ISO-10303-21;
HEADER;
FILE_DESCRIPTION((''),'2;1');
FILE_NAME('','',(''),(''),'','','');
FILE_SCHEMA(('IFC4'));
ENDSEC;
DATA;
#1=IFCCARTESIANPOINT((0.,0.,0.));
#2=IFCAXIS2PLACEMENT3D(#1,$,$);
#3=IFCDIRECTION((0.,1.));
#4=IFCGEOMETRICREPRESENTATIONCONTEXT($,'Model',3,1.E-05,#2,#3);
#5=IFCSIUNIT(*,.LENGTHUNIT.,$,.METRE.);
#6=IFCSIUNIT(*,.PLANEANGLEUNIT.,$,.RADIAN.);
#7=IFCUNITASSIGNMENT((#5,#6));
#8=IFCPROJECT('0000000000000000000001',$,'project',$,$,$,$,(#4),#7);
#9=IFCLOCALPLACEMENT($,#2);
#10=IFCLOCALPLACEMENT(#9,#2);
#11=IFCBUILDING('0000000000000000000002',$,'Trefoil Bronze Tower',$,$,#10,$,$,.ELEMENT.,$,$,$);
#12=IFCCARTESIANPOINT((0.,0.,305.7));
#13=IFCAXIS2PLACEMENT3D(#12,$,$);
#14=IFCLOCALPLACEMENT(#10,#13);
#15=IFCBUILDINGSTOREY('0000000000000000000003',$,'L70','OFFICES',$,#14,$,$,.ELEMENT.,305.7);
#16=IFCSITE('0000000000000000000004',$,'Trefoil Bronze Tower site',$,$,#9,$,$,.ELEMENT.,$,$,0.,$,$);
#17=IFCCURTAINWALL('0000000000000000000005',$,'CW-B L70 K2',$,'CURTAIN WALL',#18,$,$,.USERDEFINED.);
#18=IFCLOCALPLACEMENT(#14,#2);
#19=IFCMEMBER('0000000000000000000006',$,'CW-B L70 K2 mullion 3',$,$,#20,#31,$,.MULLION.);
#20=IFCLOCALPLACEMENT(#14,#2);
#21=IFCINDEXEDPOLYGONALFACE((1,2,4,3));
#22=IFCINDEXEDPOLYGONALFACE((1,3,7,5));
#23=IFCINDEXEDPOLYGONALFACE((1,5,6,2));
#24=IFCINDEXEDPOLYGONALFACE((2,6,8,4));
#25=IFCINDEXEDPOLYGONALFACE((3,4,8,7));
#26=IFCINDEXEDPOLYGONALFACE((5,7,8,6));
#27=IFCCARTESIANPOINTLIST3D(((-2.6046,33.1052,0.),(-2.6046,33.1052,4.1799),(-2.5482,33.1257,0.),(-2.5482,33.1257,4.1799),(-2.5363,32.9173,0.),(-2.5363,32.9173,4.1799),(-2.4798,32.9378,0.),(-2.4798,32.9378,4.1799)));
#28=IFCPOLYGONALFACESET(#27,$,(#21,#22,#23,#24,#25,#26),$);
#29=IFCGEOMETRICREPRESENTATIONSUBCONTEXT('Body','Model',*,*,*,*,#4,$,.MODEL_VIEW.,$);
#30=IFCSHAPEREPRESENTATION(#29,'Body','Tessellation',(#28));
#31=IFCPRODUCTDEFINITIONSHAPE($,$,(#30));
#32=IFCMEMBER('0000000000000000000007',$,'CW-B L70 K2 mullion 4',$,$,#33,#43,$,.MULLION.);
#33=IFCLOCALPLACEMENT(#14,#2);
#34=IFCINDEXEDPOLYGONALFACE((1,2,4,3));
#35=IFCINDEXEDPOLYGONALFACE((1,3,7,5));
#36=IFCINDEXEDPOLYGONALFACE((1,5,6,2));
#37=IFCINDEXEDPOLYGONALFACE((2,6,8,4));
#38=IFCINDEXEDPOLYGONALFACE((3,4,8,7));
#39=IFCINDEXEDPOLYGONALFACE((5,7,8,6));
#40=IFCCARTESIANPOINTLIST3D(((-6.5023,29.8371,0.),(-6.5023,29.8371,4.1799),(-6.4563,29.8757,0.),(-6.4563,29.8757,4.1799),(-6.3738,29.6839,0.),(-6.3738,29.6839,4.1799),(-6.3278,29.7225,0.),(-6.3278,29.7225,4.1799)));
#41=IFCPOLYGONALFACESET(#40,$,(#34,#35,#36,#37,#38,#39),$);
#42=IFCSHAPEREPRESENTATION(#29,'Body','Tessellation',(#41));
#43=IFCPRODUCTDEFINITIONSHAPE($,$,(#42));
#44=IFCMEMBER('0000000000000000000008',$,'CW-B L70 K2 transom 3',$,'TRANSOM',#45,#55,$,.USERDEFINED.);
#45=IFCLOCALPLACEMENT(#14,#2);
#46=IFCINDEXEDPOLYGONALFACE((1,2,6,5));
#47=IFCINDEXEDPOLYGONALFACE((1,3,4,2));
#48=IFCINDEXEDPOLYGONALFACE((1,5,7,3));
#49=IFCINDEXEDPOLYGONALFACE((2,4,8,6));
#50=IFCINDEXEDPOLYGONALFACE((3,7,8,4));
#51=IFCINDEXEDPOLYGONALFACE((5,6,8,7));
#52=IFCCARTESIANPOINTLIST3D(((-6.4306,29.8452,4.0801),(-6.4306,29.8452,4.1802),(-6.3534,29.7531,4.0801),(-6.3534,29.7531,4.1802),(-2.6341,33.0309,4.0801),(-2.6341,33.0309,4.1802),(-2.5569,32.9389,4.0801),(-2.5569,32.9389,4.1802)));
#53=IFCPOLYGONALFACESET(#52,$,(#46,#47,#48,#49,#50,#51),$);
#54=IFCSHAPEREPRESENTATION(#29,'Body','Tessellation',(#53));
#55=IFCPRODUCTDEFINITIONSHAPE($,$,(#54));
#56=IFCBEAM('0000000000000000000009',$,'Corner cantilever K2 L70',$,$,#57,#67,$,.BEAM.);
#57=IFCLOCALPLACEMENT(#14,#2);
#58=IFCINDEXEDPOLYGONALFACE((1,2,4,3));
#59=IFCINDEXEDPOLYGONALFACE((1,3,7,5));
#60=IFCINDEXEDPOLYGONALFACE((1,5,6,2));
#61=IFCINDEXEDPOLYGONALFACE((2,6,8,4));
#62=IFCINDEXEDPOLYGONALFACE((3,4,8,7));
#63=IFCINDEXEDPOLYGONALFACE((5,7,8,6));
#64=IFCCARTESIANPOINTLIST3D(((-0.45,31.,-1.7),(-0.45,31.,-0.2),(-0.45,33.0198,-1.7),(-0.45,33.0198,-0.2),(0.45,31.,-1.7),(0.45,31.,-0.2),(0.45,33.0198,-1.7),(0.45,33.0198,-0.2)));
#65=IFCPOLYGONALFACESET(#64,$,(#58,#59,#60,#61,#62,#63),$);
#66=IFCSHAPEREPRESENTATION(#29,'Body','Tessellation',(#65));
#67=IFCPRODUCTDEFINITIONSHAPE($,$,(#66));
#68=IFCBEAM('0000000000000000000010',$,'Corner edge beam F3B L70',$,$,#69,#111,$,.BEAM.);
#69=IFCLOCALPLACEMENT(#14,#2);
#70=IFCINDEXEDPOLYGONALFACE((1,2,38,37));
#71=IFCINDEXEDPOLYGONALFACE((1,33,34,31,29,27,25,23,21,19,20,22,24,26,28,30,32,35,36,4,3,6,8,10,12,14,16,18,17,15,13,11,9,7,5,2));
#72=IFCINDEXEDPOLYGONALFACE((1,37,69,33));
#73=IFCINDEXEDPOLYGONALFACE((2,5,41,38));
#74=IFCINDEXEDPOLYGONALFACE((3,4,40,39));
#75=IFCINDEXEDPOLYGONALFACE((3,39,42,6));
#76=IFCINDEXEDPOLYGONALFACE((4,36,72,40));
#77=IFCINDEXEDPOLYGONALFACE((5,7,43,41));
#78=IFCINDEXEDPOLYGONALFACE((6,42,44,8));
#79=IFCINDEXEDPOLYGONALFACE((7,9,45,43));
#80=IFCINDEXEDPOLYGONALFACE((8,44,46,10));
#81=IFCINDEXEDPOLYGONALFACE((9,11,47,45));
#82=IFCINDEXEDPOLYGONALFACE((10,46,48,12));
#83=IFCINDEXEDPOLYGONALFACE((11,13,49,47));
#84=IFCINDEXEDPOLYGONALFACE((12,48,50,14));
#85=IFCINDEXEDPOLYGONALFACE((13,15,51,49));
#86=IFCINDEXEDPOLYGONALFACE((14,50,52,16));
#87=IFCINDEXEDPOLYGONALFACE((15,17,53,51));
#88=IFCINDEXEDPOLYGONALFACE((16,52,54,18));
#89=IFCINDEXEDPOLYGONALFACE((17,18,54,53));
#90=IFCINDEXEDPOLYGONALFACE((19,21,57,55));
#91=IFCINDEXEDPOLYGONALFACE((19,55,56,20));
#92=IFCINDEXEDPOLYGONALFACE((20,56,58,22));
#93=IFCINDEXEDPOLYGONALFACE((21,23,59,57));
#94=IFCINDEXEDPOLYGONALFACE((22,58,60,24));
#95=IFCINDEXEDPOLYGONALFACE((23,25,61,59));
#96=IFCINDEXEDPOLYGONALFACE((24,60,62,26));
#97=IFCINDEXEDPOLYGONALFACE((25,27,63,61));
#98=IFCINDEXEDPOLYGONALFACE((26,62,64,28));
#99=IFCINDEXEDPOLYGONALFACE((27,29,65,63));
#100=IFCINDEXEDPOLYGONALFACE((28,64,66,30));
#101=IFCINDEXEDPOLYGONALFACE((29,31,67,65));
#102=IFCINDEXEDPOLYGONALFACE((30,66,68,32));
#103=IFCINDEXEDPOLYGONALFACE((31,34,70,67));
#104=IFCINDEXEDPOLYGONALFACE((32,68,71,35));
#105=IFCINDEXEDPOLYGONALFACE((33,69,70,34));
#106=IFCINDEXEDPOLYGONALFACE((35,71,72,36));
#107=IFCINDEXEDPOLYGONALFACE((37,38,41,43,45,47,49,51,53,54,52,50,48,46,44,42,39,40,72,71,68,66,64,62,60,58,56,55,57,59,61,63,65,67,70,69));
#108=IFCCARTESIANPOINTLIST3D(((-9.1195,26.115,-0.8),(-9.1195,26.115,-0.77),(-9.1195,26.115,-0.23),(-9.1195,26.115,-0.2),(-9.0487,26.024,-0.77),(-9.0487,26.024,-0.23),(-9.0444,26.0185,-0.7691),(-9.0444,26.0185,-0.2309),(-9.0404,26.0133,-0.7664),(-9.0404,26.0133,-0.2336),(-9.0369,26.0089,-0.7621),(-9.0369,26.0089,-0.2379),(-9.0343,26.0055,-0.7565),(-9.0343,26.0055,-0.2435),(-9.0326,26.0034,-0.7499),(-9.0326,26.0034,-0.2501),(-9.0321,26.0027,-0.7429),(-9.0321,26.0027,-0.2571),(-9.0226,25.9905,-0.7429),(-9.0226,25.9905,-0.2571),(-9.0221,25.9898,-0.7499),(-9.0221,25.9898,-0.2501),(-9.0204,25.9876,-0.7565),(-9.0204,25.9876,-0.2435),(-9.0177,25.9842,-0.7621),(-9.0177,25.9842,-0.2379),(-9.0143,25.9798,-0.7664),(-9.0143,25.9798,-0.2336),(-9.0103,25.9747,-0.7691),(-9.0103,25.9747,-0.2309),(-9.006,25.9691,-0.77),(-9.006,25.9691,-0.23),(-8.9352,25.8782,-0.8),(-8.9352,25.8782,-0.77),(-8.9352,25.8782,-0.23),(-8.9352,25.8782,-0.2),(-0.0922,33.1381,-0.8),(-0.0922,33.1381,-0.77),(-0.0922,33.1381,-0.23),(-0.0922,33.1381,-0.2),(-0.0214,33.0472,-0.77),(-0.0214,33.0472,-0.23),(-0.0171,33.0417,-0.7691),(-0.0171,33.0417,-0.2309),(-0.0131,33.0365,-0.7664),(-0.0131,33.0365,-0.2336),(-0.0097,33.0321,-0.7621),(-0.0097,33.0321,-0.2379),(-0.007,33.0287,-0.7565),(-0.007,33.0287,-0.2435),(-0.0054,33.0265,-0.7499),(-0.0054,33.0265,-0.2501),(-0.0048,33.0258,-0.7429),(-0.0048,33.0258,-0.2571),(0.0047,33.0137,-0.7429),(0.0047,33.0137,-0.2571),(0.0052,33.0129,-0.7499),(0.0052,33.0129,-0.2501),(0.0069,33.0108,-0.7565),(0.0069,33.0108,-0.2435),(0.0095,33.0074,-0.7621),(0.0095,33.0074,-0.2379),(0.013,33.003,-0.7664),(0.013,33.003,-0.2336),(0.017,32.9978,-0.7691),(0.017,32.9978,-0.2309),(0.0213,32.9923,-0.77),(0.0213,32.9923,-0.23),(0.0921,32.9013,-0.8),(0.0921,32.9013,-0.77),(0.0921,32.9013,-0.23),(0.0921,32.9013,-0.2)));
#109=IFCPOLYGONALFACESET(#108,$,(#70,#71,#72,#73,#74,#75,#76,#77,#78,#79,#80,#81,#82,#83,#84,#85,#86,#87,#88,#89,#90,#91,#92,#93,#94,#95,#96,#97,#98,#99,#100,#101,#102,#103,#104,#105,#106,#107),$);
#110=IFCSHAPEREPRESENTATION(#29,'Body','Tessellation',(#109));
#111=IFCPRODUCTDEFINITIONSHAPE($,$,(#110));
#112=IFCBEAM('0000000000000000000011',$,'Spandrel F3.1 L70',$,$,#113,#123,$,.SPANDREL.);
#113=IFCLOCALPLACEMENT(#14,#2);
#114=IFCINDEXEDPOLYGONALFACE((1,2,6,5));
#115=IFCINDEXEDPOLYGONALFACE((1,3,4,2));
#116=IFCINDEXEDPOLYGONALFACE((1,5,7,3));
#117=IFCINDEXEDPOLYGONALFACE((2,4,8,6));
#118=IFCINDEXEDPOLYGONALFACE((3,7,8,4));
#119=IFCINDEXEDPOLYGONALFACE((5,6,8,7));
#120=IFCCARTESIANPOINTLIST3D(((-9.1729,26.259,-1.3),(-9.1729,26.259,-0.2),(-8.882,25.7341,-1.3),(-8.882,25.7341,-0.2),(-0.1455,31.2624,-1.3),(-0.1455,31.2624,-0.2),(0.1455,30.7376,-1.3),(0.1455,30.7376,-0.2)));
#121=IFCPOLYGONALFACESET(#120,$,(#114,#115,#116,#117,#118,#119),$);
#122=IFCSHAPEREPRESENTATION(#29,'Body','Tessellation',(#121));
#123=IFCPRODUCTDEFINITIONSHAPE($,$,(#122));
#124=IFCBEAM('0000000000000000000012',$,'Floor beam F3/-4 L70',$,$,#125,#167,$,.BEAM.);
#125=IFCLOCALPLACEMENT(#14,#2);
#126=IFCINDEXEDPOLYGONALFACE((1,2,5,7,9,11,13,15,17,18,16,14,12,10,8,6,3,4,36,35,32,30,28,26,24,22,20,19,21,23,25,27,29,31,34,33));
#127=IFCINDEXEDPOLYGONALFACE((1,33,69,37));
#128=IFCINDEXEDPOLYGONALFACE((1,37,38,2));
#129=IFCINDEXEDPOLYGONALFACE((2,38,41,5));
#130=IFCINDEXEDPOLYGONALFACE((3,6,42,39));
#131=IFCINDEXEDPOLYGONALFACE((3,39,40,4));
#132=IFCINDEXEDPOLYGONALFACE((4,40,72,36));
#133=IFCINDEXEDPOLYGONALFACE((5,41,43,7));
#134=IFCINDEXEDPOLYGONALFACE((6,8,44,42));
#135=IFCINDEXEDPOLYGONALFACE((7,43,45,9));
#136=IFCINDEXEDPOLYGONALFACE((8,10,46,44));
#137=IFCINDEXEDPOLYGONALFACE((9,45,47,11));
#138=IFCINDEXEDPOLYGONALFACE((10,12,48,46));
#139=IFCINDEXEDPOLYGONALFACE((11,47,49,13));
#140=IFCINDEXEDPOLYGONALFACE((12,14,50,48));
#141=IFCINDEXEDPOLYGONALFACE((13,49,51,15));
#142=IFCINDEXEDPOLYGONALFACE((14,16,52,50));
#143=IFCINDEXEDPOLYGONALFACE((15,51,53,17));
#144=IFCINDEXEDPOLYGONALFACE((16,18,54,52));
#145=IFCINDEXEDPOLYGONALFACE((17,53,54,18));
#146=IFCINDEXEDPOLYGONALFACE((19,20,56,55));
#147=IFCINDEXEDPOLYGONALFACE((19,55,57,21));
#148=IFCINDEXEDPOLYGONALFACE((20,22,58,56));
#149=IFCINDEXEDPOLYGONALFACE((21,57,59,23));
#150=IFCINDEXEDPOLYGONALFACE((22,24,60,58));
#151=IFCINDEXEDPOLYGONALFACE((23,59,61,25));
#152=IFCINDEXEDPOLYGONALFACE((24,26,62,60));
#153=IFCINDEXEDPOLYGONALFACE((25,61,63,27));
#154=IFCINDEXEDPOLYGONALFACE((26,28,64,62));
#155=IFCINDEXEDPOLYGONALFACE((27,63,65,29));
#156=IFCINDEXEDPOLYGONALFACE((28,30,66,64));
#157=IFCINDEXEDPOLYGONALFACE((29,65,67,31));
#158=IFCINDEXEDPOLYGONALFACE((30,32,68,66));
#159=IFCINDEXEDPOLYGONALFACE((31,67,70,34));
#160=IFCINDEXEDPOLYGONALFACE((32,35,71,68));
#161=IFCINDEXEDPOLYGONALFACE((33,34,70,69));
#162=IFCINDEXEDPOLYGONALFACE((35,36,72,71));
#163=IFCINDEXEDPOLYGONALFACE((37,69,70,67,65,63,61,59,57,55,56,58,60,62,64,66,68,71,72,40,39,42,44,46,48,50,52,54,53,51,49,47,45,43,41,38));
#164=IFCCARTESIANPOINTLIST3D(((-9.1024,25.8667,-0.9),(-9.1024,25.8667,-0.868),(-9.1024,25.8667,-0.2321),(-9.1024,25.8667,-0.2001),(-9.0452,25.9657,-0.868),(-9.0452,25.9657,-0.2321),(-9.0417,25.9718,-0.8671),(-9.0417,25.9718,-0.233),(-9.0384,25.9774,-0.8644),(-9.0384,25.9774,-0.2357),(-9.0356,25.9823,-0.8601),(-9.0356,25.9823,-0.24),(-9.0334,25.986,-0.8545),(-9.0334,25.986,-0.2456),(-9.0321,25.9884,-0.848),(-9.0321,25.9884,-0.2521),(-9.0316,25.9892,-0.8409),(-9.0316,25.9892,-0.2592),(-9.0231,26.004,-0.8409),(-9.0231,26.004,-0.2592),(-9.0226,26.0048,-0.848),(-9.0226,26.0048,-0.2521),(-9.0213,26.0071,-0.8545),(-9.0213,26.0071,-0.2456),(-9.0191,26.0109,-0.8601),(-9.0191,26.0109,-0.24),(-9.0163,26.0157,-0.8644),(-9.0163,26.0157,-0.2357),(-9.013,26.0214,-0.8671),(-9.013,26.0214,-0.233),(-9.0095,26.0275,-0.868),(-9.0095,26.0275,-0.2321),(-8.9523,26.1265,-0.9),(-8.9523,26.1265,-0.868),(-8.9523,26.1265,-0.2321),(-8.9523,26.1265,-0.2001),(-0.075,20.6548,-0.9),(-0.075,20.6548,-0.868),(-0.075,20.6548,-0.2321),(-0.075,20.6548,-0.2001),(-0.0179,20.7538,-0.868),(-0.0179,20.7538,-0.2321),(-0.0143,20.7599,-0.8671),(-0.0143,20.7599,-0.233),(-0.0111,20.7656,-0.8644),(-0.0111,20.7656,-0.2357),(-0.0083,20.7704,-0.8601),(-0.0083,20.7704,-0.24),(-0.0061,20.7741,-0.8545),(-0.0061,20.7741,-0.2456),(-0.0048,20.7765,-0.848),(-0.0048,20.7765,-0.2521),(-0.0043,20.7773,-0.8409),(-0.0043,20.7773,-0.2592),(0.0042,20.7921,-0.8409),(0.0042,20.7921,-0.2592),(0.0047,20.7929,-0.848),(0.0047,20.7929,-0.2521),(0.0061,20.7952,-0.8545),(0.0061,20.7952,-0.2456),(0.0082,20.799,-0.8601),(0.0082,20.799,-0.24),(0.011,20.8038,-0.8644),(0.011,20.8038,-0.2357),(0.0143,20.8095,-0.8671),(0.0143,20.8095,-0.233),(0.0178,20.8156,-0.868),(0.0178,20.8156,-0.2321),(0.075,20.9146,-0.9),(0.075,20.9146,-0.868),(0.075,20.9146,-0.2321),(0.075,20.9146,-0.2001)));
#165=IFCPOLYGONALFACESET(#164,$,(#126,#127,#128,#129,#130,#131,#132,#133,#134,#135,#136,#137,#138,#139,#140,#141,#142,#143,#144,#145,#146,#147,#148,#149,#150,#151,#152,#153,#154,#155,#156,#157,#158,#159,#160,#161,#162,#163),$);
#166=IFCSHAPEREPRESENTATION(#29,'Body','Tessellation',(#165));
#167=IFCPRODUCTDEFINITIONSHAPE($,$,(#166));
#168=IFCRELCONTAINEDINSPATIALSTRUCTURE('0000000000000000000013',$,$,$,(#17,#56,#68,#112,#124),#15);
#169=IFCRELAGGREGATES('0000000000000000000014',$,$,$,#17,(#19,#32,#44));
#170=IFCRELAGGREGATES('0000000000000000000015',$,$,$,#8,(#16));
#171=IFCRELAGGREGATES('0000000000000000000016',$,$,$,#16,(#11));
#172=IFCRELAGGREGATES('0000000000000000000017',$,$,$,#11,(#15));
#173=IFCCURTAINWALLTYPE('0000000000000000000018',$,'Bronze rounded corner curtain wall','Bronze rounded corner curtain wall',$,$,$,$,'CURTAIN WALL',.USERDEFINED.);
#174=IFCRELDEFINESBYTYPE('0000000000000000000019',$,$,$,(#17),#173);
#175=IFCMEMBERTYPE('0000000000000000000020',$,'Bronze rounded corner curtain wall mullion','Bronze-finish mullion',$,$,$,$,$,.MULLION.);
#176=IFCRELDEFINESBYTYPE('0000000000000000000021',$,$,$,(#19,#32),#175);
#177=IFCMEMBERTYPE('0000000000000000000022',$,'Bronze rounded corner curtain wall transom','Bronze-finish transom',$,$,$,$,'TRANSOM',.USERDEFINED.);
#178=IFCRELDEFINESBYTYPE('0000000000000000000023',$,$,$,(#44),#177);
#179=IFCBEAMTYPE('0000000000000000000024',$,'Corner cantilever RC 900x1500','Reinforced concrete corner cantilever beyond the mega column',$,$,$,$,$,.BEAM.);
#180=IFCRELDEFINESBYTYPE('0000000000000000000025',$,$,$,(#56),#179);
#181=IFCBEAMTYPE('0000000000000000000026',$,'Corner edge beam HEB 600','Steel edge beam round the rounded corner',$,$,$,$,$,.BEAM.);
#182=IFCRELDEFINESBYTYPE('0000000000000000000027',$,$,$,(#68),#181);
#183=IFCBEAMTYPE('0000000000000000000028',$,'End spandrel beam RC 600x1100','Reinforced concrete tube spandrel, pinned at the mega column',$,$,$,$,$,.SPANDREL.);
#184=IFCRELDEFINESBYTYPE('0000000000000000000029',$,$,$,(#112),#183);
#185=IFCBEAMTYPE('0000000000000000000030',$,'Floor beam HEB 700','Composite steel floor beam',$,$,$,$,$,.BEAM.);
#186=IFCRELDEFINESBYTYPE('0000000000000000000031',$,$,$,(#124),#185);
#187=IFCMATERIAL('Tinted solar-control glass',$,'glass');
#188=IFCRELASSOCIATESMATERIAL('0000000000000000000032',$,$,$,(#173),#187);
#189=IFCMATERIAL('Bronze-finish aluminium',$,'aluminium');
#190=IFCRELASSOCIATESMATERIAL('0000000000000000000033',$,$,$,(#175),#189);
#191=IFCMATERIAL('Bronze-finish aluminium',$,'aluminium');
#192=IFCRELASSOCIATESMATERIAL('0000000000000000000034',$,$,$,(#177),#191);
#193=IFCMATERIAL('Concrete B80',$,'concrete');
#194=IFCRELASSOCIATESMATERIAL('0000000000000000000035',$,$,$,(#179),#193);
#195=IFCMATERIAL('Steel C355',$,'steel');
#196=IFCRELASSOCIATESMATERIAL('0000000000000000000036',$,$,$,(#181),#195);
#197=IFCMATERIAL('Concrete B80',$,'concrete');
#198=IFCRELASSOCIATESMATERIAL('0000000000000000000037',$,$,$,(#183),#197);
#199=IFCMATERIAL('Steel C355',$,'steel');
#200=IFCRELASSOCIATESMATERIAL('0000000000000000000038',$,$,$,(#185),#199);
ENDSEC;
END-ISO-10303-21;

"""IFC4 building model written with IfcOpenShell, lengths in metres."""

from ifc_helpers import new_model, si_unit, direction, frame, origin, origin_2d, place, context, subcontext, project, spatial, rectangle, i_section, extrude, material, material_profile, profile_set, type_object, element, aggregate, save


model = new_model("IFC4")

# Units and contexts
model_context = context("Model", 3, precision=1e-05, world=origin(), true_north=direction((0.0, 1.0)))
body_context = subcontext(model_context, "Body", "Model", "MODEL_VIEW")
ifc_project = project(units=[si_unit("LENGTHUNIT", "METRE"), si_unit("PLANEANGLEUNIT", "RADIAN")], contexts=[model_context])

# Site, building, storey
site_placement = place(None, origin())
site = spatial("IfcSite", under=ifc_project, at=site_placement, Name="Trefoil Bronze Tower site", CompositionType="ELEMENT", RefElevation=0.0)
building_placement = place(site_placement, origin())
building = spatial("IfcBuilding", under=site, at=building_placement, Name="Trefoil Bronze Tower", CompositionType="ELEMENT")
storey_placement = place(building_placement, frame((0.0, 0.0, 305.7)))
storey = spatial("IfcBuildingStorey", under=building, at=storey_placement, Name="L70", Description="OFFICES", CompositionType="ELEMENT", Elevation=305.7)

# Curtain wall, members
ifc_material_1 = material(Name="Tinted solar-control glass", Category="glass")
curtain_wall_type_1 = type_object("IfcCurtainWallType", Name="Bronze rounded corner curtain wall", Description="Bronze rounded corner curtain wall", ElementType="CURTAIN WALL", PredefinedType="USERDEFINED", material=ifc_material_1)
curtain_wall_1_placement = place(storey_placement, origin())
curtain_wall_1 = element("IfcCurtainWall", 1, at=curtain_wall_1_placement, inside=storey, type_object=curtain_wall_type_1, Name="CW-B L70 K2", ObjectType="CURTAIN WALL", PredefinedType="USERDEFINED")
ifc_material_2 = material(Name="Bronze-finish aluminium", Category="aluminium")
ifc_material_profile_1 = material_profile(ifc_material_2, rectangle(XDim=0.2, YDim=0.0601, at=origin_2d()), Name="CW-B mullion")
ifc_profile_set_1 = profile_set([ifc_material_profile_1], Name="Bronze-finish aluminium")
member_type_1 = type_object("IfcMemberType", Name="Bronze rounded corner curtain wall mullion", Description="Bronze-finish mullion", PredefinedType="MULLION", material=ifc_profile_set_1)
member_1_placement = place(storey_placement, frame((-2.5422, 33.0215, 0.0), z_axis=(0.0, 0.0, 1.0), x_axis=(0.34202, -0.939693, 0.0)))
member_1 = element("IfcMember", 2, at=member_1_placement, type_object=member_type_1, Name="CW-B L70 K2 mullion 3", PredefinedType="MULLION", context=body_context, shape_type="SweptSolid", body=[
    extrude(rectangle(XDim=0.2, YDim=0.0601, at=origin_2d()), origin(), (0.0, 0.0, 1.0), 4.1799),
])
member_2_placement = place(storey_placement, frame((-6.415, 29.7798, 0.0), z_axis=(0.0, 0.0, 1.0), x_axis=(0.642788, -0.766044, 0.0)))
member_2 = element("IfcMember", 3, at=member_2_placement, type_object=member_type_1, Name="CW-B L70 K2 mullion 4", PredefinedType="MULLION", context=body_context, shape_type="SweptSolid", body=[
    extrude(rectangle(XDim=0.2, YDim=0.0601, at=origin_2d()), origin(), (0.0, 0.0, 1.0), 4.1799),
])
ifc_material_3 = material(Name="Bronze-finish aluminium", Category="aluminium")
ifc_material_profile_2 = material_profile(ifc_material_3, rectangle(XDim=0.1201, YDim=0.1001, at=origin_2d()), Name="CW-B transom")
ifc_profile_set_2 = profile_set([ifc_material_profile_2], Name="Bronze-finish aluminium")
member_type_2 = type_object("IfcMemberType", Name="Bronze rounded corner curtain wall transom", Description="Bronze-finish transom", ElementType="TRANSOM", PredefinedType="USERDEFINED", material=ifc_profile_set_2)
member_3_placement = place(storey_placement, frame((-2.5955, 32.9849, 4.1301), z_axis=(-0.766041, -0.642792, 0.0), x_axis=(0.642792, -0.766041, 0.0)))
member_3 = element("IfcMember", 4, at=member_3_placement, type_object=member_type_2, Name="CW-B L70 K2 transom 3", ObjectType="TRANSOM", PredefinedType="USERDEFINED", context=body_context, shape_type="SweptSolid", body=[
    extrude(rectangle(XDim=0.1201, YDim=0.1001, at=origin_2d()), origin(), (0.0, 0.0, 1.0), 4.9561),
])

# Beams
ifc_material_4 = material(Name="Concrete B80", Category="concrete")
ifc_material_profile_3 = material_profile(ifc_material_4, rectangle(XDim=0.8999, YDim=1.5, at=origin_2d()), Name="RC 900x1500")
ifc_profile_set_3 = profile_set([ifc_material_profile_3], Name="Concrete B80")
beam_type_1 = type_object("IfcBeamType", Name="Corner cantilever RC 900x1500", Description="Reinforced concrete corner cantilever beyond the mega column", PredefinedType="BEAM", material=ifc_profile_set_3)
beam_1_placement = place(storey_placement, frame((0.0, 31.0, -0.95), z_axis=(0.0, 1.0, 0.0), x_axis=(-1.0, 0.0, 0.0)))
element("IfcBeam", 5, at=beam_1_placement, inside=storey, type_object=beam_type_1, Name="Corner cantilever K2 L70", PredefinedType="BEAM", context=body_context, shape_type="SweptSolid", body=[
    extrude(rectangle(XDim=0.8999, YDim=1.5, at=origin_2d()), origin(), (0.0, 0.0, 1.0), 2.0198),
])
ifc_material_5 = material(Name="Steel C355", Category="steel")
ifc_material_profile_4 = material_profile(ifc_material_5, i_section(OverallWidth=0.3, OverallDepth=0.6001, WebThickness=0.0154, FlangeThickness=0.03, FilletRadius=0.0271, at=origin_2d()), Name="HEB 600")
ifc_profile_set_4 = profile_set([ifc_material_profile_4], Name="Steel C355")
beam_type_2 = type_object("IfcBeamType", Name="Corner edge beam HEB 600", Description="Steel edge beam round the rounded corner", PredefinedType="BEAM", material=ifc_profile_set_4)
beam_2_placement = place(storey_placement, frame((-9.0273, 25.9966, -0.5), z_axis=(0.789271, 0.614046, 0.0), x_axis=(-0.614046, 0.789271, 0.0)))
element("IfcBeam", 6, at=beam_2_placement, inside=storey, type_object=beam_type_2, Name="Corner edge beam F3B L70", PredefinedType="BEAM", context=body_context, shape_type="SweptSolid", body=[
    extrude(i_section(OverallWidth=0.3, OverallDepth=0.6001, WebThickness=0.0154, FlangeThickness=0.03, FilletRadius=0.0271, at=origin_2d()), origin(), (0.0, 0.0, 1.0), 11.4375),
])
ifc_material_6 = material(Name="Concrete B80", Category="concrete")
ifc_material_profile_5 = material_profile(ifc_material_6, rectangle(XDim=0.6001, YDim=1.1001, at=origin_2d()), Name="RC 600x1100")
ifc_profile_set_5 = profile_set([ifc_material_profile_5], Name="Concrete B80")
beam_type_3 = type_object("IfcBeamType", Name="End spandrel beam RC 600x1100", Description="Reinforced concrete tube spandrel, pinned at the mega column", PredefinedType="SPANDREL", material=ifc_profile_set_5)
beam_3_placement = place(storey_placement, frame((0.0, 31.0, -0.75), z_axis=(-0.874641, -0.484771, 0.0), x_axis=(0.484771, -0.874641, 0.0)))
element("IfcBeam", 7, at=beam_3_placement, inside=storey, type_object=beam_type_3, Name="Spandrel F3.1 L70", PredefinedType="SPANDREL", context=body_context, shape_type="SweptSolid", body=[
    extrude(rectangle(XDim=0.6001, YDim=1.1001, at=origin_2d()), origin(), (0.0, 0.0, 1.0), 10.3213),
])
ifc_material_7 = material(Name="Steel C355", Category="steel")
ifc_material_profile_6 = material_profile(ifc_material_7, i_section(OverallWidth=0.3, OverallDepth=0.7, WebThickness=0.0171, FlangeThickness=0.032, FilletRadius=0.0271, at=origin_2d()), Name="HEB 700")
ifc_profile_set_6 = profile_set([ifc_material_profile_6], Name="Steel C355")
beam_type_4 = type_object("IfcBeamType", Name="Floor beam HEB 700", Description="Composite steel floor beam", PredefinedType="BEAM", material=ifc_profile_set_6)
beam_4_placement = place(storey_placement, frame((-9.0273, 25.9966, -0.55), z_axis=(0.866026, -0.499998, 0.0), x_axis=(0.499998, 0.866026, 0.0)))
element("IfcBeam", 8, at=beam_4_placement, inside=storey, type_object=beam_type_4, Name="Floor beam F3/-4 L70", PredefinedType="BEAM", context=body_context, shape_type="SweptSolid", body=[
    extrude(i_section(OverallWidth=0.3, OverallDepth=0.7, WebThickness=0.0171, FlangeThickness=0.032, FilletRadius=0.0271, at=origin_2d()), origin(), (0.0, 0.0, 1.0), 10.4238),
])

aggregate(curtain_wall_1, [member_1, member_2, member_3])

save(model, "model.ifc")
